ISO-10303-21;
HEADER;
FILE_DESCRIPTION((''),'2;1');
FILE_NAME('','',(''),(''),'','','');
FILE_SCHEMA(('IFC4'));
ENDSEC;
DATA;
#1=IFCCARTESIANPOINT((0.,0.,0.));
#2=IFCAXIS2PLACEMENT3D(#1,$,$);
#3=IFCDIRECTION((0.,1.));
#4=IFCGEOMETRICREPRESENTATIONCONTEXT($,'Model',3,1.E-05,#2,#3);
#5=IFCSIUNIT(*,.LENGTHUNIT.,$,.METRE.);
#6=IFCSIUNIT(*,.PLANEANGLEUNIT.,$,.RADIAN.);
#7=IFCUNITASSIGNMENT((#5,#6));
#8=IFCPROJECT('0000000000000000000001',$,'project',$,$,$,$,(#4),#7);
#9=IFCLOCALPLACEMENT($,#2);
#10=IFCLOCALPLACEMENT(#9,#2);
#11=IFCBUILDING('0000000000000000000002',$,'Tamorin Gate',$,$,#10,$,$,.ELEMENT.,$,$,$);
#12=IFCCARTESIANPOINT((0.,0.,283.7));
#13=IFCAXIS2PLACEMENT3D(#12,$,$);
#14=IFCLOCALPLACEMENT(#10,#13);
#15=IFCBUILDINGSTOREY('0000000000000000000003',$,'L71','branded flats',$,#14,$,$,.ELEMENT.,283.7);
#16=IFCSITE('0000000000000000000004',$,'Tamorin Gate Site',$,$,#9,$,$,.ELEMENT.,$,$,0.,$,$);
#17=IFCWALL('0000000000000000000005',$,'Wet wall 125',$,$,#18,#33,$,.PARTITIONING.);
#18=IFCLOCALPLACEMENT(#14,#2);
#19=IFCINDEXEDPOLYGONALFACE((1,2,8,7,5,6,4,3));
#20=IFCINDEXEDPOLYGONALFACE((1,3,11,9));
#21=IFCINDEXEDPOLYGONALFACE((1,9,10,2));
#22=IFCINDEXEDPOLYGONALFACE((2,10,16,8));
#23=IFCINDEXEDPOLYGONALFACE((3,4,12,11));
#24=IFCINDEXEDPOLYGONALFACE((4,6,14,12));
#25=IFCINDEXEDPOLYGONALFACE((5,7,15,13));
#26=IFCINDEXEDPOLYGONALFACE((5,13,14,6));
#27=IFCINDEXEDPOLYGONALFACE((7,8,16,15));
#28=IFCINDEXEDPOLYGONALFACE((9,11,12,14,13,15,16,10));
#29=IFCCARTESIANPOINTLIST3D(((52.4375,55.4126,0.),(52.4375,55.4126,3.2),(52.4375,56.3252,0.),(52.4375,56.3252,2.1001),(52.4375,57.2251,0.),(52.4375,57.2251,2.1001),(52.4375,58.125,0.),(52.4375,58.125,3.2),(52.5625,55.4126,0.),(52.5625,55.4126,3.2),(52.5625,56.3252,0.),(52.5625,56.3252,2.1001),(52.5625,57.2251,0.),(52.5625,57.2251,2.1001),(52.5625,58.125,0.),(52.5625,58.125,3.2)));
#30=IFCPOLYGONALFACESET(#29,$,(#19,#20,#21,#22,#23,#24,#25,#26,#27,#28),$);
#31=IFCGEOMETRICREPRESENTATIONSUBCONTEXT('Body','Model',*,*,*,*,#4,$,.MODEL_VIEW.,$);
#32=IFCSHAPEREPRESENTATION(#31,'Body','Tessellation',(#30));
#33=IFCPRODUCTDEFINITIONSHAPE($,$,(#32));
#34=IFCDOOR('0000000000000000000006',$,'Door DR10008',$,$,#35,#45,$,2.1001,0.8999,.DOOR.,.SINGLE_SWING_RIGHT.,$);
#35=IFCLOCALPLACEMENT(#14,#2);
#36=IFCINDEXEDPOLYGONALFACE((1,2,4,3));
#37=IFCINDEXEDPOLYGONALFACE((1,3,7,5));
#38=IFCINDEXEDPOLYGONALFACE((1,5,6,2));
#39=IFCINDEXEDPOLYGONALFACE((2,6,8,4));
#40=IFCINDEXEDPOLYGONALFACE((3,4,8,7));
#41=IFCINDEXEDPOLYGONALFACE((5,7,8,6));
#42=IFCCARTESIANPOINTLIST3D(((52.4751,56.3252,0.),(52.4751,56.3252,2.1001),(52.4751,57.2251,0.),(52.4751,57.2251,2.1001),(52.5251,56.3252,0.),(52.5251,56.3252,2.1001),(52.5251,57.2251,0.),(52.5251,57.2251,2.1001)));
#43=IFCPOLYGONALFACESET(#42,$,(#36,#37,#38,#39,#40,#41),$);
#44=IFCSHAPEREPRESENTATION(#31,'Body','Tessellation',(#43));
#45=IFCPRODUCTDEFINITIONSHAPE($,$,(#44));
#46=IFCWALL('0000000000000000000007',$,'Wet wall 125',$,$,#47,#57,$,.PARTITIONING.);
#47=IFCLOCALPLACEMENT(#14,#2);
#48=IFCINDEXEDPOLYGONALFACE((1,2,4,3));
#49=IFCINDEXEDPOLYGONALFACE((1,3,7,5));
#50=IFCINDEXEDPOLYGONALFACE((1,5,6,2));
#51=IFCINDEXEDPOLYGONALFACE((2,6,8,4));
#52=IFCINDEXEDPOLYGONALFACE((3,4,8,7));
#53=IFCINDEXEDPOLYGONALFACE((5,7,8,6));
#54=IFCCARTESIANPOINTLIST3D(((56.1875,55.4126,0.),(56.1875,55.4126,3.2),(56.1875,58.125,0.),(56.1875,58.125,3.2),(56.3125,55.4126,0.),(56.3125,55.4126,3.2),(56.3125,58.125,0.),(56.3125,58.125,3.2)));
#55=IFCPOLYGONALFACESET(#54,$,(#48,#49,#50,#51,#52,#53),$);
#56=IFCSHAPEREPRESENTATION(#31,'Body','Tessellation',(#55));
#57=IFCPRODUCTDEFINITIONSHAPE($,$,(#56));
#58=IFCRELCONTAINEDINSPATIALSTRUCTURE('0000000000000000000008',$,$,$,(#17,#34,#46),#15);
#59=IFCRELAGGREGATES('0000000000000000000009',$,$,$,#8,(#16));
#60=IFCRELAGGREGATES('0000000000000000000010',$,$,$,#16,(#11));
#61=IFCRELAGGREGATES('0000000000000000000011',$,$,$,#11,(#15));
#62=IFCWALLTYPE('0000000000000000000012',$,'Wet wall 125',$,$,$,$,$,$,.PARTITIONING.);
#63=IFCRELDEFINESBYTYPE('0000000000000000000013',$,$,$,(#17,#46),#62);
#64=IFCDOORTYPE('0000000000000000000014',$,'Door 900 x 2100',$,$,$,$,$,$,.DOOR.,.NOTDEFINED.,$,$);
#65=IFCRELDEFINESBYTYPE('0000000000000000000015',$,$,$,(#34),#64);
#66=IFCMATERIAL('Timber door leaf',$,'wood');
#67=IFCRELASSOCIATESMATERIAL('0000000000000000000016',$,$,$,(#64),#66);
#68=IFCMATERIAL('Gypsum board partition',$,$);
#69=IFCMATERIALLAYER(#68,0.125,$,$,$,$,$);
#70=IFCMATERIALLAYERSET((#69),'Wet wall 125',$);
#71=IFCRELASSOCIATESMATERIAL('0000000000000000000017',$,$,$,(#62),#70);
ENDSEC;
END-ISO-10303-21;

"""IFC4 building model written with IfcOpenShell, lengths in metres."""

from ifc_helpers import new_model, si_unit, direction, frame, frame_2d, origin, place, context, subcontext, project, spatial, rectangle, extrude, material, layer, layer_set, type_object, element, fill, save


model = new_model("IFC4")

# Units and contexts
model_context = context("Model", 3, precision=1e-05, world=origin(), true_north=direction((0.0, 1.0)))
body_context = subcontext(model_context, "Body", "Model", "MODEL_VIEW")
ifc_project = project(units=[si_unit("LENGTHUNIT", "METRE"), si_unit("PLANEANGLEUNIT", "RADIAN")], contexts=[model_context])

# Site, building, storey
site_placement = place(None, origin())
site = spatial("IfcSite", under=ifc_project, at=site_placement, Name="Tamorin Gate Site", CompositionType="ELEMENT", RefElevation=0.0)
building_placement = place(site_placement, origin())
building = spatial("IfcBuilding", under=site, at=building_placement, Name="Tamorin Gate", CompositionType="ELEMENT")
storey_placement = place(building_placement, frame((0.0, 0.0, 283.7)))
storey = spatial("IfcBuildingStorey", under=building, at=storey_placement, Name="L71", Description="branded flats", CompositionType="ELEMENT", Elevation=283.7)

# Shared definitions
ifc_material_1 = material(Name="Gypsum board partition")
ifc_material_2 = material(Name="Timber door leaf", Category="wood")
door_type = type_object("IfcDoorType", Name="Door 900 x 2100", OperationType="NOTDEFINED", PredefinedType="DOOR", material=ifc_material_2)

# Shared definitions
ifc_layer_1 = layer(ifc_material_1, 0.125)
ifc_layer_set_1 = layer_set([ifc_layer_1], Name="Wet wall 125")
wall_type_1 = type_object("IfcWallType", Name="Wet wall 125", PredefinedType="PARTITIONING", material=ifc_layer_set_1)

# Wall, opening, door
wall_1_placement = place(storey_placement, frame((52.5, 55.4126, 0.0), z_axis=(0.0, 0.0, 1.0), x_axis=(0.0, 1.0, 0.0)))
wall_1 = element("IfcWall", 1, at=wall_1_placement, inside=storey, type_object=wall_type_1, Name="Wet wall 125", PredefinedType="PARTITIONING", context=body_context, shape_type="SweptSolid", body=[
    extrude(rectangle(XDim=2.7124, YDim=0.125, at=frame_2d((1.3562, 0.0))), origin(), (0.0, 0.0, 1.0), 3.2),
])
opening_1_placement = place(wall_1_placement, frame((0.9126, 0.0, 0.0)))
opening_1 = element("IfcOpeningElement", 2, at=opening_1_placement, cuts=wall_1, PredefinedType="OPENING", context=body_context, shape_type="SweptSolid", body=[
    extrude(rectangle(XDim=0.8999, YDim=2.1001, at=frame_2d((0.45, 1.05))), frame((0.0, 0.0725, 0.0), z_axis=(0.0, -1.0, 0.0), x_axis=(1.0, 0.0, 0.0)), (0.0, 0.0, 1.0), 0.145),
])
door_1_placement = place(opening_1_placement, origin())
door_1 = element("IfcDoor", 3, at=door_1_placement, inside=storey, type_object=door_type, Name="Door DR10008", OperationType="SINGLE_SWING_RIGHT", OverallHeight=2.1001, OverallWidth=0.8999, PredefinedType="DOOR", context=body_context, shape_type="SweptSolid", body=[
    extrude(rectangle(XDim=0.8999, YDim=2.1001, at=frame_2d((0.45, 1.05))), frame((0.0, 0.0249, 0.0), z_axis=(0.0, -1.0, 0.0), x_axis=(1.0, 0.0, 0.0)), (0.0, 0.0, 1.0), 0.05),
])
fill(opening_1, door_1)

# Wall
wall_2_placement = place(storey_placement, frame((56.25, 55.4126, 0.0), z_axis=(0.0, 0.0, 1.0), x_axis=(0.0, 1.0, 0.0)))
element("IfcWall", 4, at=wall_2_placement, inside=storey, type_object=wall_type_1, Name="Wet wall 125", PredefinedType="PARTITIONING", context=body_context, shape_type="SweptSolid", body=[
    extrude(rectangle(XDim=2.7124, YDim=0.125, at=frame_2d((1.3562, 0.0))), origin(), (0.0, 0.0, 1.0), 3.2),
])

save(model, "model.ifc")
